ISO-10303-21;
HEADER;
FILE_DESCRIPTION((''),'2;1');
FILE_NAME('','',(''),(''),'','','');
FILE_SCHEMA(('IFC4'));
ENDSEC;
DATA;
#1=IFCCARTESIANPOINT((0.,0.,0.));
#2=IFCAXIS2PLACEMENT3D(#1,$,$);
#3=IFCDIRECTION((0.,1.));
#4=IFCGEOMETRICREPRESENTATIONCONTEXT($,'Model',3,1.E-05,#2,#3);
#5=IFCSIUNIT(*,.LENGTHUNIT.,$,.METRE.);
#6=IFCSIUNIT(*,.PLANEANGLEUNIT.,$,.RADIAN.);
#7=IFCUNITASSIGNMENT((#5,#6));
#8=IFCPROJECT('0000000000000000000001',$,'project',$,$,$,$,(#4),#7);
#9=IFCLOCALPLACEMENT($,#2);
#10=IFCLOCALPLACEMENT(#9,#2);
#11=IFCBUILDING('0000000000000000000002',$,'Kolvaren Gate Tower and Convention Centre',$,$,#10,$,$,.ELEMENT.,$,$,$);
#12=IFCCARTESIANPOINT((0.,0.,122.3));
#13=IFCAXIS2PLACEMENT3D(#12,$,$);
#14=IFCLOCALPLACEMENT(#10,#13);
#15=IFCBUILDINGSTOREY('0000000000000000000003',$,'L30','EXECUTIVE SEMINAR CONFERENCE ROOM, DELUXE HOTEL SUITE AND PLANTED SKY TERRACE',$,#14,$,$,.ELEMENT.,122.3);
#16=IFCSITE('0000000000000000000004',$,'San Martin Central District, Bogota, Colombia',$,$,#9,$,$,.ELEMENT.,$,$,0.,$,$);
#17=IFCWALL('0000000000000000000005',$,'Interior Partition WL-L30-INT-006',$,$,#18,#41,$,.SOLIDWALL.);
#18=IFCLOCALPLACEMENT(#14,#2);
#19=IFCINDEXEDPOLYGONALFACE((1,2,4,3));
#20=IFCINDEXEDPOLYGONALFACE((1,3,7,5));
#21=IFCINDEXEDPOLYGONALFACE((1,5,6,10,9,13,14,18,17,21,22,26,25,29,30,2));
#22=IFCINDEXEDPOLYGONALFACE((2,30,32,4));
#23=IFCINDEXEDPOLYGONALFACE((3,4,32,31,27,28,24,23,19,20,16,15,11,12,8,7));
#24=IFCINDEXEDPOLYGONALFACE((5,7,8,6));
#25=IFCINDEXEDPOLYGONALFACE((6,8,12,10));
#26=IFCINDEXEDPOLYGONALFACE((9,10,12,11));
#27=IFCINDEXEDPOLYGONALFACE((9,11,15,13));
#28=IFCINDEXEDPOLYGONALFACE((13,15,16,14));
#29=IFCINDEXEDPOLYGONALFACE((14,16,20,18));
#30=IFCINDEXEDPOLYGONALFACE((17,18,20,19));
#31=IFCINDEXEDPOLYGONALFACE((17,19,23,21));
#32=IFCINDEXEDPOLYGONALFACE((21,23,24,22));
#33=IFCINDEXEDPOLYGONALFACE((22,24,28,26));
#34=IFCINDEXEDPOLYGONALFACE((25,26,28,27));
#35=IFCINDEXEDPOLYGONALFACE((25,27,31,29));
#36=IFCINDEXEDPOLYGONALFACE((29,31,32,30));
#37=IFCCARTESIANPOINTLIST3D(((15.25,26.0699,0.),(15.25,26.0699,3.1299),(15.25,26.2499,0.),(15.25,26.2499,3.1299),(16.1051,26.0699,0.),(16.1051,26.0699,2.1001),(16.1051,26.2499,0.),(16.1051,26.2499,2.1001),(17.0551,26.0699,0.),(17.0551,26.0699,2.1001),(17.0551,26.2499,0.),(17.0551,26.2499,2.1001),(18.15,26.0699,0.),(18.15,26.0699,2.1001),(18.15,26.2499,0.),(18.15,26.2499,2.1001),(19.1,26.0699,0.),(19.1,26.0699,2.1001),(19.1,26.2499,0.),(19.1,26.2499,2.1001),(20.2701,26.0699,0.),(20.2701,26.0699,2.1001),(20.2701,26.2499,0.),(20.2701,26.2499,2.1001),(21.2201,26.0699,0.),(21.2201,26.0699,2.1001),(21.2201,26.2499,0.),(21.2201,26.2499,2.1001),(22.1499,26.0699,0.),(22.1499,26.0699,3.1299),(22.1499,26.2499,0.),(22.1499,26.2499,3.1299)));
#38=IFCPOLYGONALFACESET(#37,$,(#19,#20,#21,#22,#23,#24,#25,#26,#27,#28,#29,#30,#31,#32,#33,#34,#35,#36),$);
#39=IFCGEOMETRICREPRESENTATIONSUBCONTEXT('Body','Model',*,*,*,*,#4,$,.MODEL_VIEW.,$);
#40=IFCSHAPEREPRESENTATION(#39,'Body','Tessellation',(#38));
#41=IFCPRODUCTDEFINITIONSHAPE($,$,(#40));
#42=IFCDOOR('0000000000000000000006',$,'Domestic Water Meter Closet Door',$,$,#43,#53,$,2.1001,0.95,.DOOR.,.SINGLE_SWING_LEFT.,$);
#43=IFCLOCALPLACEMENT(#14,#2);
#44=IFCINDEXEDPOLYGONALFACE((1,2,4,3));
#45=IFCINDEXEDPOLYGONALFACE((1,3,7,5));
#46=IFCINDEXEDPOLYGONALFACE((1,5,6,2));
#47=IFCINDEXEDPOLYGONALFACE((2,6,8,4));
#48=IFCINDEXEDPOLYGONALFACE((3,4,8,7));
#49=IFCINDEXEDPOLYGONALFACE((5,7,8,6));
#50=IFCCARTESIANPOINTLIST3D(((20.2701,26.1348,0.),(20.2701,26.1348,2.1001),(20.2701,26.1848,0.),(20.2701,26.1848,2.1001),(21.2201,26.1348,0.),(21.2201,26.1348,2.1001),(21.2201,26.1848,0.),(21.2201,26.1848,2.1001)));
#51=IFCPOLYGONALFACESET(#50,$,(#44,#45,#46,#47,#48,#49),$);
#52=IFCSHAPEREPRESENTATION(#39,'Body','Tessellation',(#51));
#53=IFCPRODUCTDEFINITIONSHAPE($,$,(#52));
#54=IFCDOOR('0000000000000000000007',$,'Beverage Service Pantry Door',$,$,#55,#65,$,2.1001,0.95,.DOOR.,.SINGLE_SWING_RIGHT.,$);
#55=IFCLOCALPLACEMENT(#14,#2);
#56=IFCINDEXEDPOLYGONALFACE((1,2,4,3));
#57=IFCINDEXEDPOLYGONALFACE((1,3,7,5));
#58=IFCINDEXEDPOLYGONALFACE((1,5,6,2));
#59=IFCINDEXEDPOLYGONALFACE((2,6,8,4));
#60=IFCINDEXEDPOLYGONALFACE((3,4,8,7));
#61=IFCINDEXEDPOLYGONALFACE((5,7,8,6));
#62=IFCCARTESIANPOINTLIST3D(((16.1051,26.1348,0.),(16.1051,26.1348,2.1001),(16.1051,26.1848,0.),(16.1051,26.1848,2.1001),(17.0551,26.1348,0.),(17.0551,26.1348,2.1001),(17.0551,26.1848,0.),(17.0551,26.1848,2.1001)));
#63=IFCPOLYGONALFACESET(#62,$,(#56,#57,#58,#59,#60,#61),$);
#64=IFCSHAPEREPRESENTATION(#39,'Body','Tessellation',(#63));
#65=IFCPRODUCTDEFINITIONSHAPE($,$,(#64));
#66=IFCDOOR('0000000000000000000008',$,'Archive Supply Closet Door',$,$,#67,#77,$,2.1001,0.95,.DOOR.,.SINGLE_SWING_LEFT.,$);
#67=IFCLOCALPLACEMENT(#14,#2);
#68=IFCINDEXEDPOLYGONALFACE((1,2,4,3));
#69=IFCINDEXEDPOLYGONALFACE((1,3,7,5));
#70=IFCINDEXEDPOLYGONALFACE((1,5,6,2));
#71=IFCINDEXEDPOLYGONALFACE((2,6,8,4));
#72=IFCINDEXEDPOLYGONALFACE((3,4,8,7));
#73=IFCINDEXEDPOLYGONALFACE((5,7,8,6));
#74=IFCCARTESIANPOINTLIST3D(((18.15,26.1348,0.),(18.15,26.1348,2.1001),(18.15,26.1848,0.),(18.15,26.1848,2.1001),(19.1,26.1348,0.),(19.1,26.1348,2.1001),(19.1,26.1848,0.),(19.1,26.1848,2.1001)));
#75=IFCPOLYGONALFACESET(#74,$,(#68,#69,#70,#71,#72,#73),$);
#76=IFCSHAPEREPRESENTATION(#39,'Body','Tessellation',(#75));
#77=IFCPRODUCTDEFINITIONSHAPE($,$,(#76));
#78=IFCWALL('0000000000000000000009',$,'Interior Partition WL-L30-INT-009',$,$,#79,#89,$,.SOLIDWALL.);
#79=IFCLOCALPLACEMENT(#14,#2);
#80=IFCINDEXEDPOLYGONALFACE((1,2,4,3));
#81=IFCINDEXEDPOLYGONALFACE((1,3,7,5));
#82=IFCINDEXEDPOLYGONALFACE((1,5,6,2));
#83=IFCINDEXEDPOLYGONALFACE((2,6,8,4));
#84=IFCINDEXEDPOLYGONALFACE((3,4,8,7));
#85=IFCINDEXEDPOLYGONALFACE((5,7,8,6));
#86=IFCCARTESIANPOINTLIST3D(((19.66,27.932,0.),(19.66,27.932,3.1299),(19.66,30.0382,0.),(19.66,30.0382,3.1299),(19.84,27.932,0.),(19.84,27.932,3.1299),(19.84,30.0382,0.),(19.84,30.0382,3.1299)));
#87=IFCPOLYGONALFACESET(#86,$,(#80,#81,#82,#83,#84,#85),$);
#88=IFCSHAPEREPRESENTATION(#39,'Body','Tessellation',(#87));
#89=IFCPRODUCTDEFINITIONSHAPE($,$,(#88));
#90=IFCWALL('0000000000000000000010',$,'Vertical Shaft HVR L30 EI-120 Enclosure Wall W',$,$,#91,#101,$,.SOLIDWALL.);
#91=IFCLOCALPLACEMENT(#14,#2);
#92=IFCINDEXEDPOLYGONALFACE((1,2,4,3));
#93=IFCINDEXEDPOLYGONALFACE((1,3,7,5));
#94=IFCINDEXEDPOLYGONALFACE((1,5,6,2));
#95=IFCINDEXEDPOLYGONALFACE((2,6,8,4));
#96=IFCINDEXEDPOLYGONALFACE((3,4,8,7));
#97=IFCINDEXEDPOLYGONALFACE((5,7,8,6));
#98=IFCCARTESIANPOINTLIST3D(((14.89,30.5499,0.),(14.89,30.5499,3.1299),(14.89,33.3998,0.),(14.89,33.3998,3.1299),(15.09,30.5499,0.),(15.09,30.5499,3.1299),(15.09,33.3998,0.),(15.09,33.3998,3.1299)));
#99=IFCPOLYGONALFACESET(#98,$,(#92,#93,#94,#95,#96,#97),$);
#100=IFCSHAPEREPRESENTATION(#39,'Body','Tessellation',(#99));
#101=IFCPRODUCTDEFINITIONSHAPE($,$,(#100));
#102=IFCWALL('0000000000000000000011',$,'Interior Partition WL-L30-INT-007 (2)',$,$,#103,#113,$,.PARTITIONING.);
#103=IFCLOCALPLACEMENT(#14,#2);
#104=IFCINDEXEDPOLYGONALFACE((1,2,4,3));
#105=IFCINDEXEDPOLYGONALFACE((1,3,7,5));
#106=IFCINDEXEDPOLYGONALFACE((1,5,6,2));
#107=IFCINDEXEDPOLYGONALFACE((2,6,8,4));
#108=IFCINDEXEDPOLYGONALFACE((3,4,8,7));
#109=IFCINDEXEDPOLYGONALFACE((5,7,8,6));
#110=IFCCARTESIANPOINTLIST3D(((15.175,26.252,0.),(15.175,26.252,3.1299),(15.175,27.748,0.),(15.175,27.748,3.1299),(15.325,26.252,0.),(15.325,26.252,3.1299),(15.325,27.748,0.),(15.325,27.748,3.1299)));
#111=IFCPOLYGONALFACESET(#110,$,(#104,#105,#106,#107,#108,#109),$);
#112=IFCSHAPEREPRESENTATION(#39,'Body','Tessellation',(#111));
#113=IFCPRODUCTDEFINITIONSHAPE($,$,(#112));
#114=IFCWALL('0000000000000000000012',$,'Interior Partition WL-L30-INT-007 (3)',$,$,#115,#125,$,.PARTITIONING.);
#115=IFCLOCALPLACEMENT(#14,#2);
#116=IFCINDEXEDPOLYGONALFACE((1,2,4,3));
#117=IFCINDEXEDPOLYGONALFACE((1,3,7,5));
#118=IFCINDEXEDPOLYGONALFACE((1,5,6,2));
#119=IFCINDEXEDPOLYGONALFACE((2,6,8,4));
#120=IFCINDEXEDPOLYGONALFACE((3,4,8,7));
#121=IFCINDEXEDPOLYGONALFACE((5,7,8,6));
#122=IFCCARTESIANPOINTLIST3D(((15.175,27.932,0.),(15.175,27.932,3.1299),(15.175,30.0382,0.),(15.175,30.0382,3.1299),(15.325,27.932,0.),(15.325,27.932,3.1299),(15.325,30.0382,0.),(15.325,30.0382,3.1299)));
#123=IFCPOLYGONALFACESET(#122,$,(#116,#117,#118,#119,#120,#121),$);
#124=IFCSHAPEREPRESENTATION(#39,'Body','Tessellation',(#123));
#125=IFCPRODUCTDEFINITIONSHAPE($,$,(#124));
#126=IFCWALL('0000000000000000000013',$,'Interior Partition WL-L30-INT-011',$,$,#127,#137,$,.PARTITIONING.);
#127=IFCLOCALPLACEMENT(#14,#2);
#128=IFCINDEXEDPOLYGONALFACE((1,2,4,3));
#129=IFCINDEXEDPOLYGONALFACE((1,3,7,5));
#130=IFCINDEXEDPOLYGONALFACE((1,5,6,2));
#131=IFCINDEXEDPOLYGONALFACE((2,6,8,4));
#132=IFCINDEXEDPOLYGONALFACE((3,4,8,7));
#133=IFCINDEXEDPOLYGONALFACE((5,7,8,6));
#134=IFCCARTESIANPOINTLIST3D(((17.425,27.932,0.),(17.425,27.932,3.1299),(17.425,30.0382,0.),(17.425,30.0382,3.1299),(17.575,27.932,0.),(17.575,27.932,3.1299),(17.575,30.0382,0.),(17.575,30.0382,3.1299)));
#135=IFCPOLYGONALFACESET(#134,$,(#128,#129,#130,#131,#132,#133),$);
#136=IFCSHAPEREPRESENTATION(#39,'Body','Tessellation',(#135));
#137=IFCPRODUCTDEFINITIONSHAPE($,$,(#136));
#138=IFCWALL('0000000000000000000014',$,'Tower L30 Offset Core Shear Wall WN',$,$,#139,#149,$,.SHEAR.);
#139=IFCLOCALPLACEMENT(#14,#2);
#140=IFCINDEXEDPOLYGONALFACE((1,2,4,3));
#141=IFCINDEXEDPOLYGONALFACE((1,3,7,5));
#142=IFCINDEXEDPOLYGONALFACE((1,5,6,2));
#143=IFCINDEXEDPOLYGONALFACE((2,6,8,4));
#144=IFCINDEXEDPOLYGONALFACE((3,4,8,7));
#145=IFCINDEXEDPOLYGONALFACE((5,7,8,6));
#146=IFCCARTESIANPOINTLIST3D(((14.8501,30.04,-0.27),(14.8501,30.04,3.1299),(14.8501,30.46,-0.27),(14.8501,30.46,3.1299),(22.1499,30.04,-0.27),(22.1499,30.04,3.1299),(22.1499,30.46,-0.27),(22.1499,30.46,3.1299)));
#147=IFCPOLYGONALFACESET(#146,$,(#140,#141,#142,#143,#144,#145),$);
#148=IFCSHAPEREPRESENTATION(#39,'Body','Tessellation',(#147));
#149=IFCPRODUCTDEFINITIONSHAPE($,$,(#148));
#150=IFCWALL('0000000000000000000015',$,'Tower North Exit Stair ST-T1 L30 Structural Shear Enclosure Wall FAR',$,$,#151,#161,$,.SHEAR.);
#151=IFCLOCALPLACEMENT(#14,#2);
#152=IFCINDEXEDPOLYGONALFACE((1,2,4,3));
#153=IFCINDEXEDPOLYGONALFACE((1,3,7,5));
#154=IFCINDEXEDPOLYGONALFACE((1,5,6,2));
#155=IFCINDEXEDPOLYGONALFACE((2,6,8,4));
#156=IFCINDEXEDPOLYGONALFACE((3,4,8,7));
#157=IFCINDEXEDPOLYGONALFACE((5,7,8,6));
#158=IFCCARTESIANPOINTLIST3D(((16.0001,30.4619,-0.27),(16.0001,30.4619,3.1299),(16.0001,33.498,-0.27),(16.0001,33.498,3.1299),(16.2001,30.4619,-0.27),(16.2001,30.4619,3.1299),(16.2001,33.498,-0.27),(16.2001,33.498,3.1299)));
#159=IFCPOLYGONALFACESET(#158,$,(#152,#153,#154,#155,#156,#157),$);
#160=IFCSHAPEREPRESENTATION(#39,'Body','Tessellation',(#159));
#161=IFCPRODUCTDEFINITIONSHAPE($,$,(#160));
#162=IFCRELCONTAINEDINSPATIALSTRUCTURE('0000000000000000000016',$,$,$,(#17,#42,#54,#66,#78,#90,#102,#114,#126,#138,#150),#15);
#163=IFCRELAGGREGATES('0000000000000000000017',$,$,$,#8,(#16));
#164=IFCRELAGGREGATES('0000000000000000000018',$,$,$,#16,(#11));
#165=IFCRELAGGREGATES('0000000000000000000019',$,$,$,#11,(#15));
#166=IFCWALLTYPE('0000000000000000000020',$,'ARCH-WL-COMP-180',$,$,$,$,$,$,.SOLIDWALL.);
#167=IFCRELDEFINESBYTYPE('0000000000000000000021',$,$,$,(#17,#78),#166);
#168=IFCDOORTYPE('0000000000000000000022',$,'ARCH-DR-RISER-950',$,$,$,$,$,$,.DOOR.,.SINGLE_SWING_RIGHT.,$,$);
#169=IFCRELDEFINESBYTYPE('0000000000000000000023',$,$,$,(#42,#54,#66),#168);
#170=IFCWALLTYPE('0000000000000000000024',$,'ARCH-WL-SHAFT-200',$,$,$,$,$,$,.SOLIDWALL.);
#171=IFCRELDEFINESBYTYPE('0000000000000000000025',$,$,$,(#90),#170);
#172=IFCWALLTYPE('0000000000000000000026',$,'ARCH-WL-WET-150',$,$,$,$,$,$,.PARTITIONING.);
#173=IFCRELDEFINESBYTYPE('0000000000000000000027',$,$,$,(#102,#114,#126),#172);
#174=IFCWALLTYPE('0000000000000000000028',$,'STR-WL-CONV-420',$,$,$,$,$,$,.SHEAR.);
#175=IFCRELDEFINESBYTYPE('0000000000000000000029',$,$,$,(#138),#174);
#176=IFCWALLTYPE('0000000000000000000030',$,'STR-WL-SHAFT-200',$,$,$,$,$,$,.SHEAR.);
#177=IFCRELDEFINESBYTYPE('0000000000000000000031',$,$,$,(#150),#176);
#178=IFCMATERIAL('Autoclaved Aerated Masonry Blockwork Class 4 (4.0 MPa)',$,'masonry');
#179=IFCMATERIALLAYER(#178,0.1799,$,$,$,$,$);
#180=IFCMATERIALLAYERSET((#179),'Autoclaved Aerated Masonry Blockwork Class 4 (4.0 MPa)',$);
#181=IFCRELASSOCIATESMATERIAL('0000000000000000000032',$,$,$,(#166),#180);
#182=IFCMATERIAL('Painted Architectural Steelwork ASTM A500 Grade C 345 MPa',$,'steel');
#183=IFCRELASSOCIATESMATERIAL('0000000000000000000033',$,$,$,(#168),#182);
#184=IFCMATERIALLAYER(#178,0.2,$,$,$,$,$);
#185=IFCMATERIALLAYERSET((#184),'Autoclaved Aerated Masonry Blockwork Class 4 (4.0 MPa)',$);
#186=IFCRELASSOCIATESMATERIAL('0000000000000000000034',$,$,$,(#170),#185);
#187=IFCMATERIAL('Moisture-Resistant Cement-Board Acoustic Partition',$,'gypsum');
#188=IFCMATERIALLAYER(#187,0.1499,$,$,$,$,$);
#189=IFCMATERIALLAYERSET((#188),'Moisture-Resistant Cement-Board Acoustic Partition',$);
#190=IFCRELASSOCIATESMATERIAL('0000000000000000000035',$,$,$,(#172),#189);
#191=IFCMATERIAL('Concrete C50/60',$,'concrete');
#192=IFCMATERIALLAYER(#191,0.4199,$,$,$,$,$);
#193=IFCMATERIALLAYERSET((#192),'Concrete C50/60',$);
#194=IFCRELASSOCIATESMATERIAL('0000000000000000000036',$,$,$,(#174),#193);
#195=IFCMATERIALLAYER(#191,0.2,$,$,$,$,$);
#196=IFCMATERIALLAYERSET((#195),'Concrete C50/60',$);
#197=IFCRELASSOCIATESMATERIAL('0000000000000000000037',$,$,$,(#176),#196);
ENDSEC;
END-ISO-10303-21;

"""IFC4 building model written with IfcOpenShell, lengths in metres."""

from ifc_helpers import new_model, si_unit, direction, frame, frame_2d, origin, place, context, subcontext, project, spatial, rectangle, extrude, material, layer, layer_set, type_object, element, fill, save


model = new_model("IFC4")

# Units and contexts
model_context = context("Model", 3, precision=1e-05, world=origin(), true_north=direction((0.0, 1.0)))
body_context = subcontext(model_context, "Body", "Model", "MODEL_VIEW")
ifc_project = project(units=[si_unit("LENGTHUNIT", "METRE"), si_unit("PLANEANGLEUNIT", "RADIAN")], contexts=[model_context])

# Site, building, storey
site_placement = place(None, origin())
site = spatial("IfcSite", under=ifc_project, at=site_placement, Name="San Martin Central District, Bogota, Colombia", CompositionType="ELEMENT", RefElevation=0.0)
building_placement = place(site_placement, origin())
building = spatial("IfcBuilding", under=site, at=building_placement, Name="Kolvaren Gate Tower and Convention Centre", CompositionType="ELEMENT")
storey_placement = place(building_placement, frame((0.0, 0.0, 122.3)))
storey = spatial("IfcBuildingStorey", under=building, at=storey_placement, Name="L30", Description="EXECUTIVE SEMINAR CONFERENCE ROOM, DELUXE HOTEL SUITE AND PLANTED SKY TERRACE", CompositionType="ELEMENT", Elevation=122.3)

# Wall, openings, doors
ifc_material_1 = material(Name="Autoclaved Aerated Masonry Blockwork Class 4 (4.0 MPa)", Category="masonry")
ifc_layer_1 = layer(ifc_material_1, 0.1799)
ifc_layer_set_1 = layer_set([ifc_layer_1], Name="Autoclaved Aerated Masonry Blockwork Class 4 (4.0 MPa)")
wall_type_1 = type_object("IfcWallType", Name="ARCH-WL-COMP-180", PredefinedType="SOLIDWALL", material=ifc_layer_set_1)
ifc_material_2 = material(Name="Painted Architectural Steelwork ASTM A500 Grade C 345 MPa", Category="steel")
door_type = type_object("IfcDoorType", Name="ARCH-DR-RISER-950", OperationType="SINGLE_SWING_RIGHT", PredefinedType="DOOR", material=ifc_material_2)
wall_1_placement = place(storey_placement, frame((15.25, 26.1599, 0.0), z_axis=(0.0, 0.0, 1.0), x_axis=(1.0, 0.0, 0.0)))
wall_1 = element("IfcWall", 1, at=wall_1_placement, inside=storey, type_object=wall_type_1, Name="Interior Partition WL-L30-INT-006", PredefinedType="SOLIDWALL", context=body_context, shape_type="SweptSolid", body=[
    extrude(rectangle(XDim=6.8999, YDim=0.1799, at=frame_2d((3.45, 0.0))), origin(), (0.0, 0.0, 1.0), 3.1299),
])
opening_1_placement = place(wall_1_placement, frame((5.02, 0.0, 0.0)))
opening_1 = element("IfcOpeningElement", 2, at=opening_1_placement, cuts=wall_1, PredefinedType="OPENING", context=body_context, shape_type="SweptSolid", body=[
    extrude(rectangle(XDim=0.95, YDim=2.1001, at=frame_2d((0.4751, 1.05))), frame((0.0, 0.0999, 0.0), z_axis=(0.0, -1.0, 0.0), x_axis=(1.0, 0.0, 0.0)), (0.0, 0.0, 1.0), 0.2),
])
opening_2_placement = place(wall_1_placement, frame((0.855, 0.0, 0.0)))
opening_2 = element("IfcOpeningElement", 3, at=opening_2_placement, cuts=wall_1, PredefinedType="OPENING", context=body_context, shape_type="SweptSolid", body=[
    extrude(rectangle(XDim=0.95, YDim=2.1001, at=frame_2d((0.4751, 1.05))), frame((0.0, 0.0999, 0.0), z_axis=(0.0, -1.0, 0.0), x_axis=(1.0, 0.0, 0.0)), (0.0, 0.0, 1.0), 0.2),
])
opening_3_placement = place(wall_1_placement, frame((2.8999, 0.0, 0.0)))
opening_3 = element("IfcOpeningElement", 4, at=opening_3_placement, cuts=wall_1, PredefinedType="OPENING", context=body_context, shape_type="SweptSolid", body=[
    extrude(rectangle(XDim=0.95, YDim=2.1001, at=frame_2d((0.4751, 1.05))), frame((0.0, 0.0999, 0.0), z_axis=(0.0, -1.0, 0.0), x_axis=(1.0, 0.0, 0.0)), (0.0, 0.0, 1.0), 0.2),
])
door_1_placement = place(opening_1_placement, origin())
door_1 = element("IfcDoor", 5, at=door_1_placement, inside=storey, type_object=door_type, Name="Domestic Water Meter Closet Door", OperationType="SINGLE_SWING_LEFT", OverallHeight=2.1001, OverallWidth=0.95, PredefinedType="DOOR", context=body_context, shape_type="SweptSolid", body=[
    extrude(rectangle(XDim=0.95, YDim=2.1001, at=frame_2d((0.4751, 1.05))), frame((0.0, 0.0249, 0.0), z_axis=(0.0, -1.0, 0.0), x_axis=(1.0, 0.0, 0.0)), (0.0, 0.0, 1.0), 0.05),
])
fill(opening_1, door_1)
door_2_placement = place(opening_2_placement, origin())
door_2 = element("IfcDoor", 6, at=door_2_placement, inside=storey, type_object=door_type, Name="Beverage Service Pantry Door", OperationType="SINGLE_SWING_RIGHT", OverallHeight=2.1001, OverallWidth=0.95, PredefinedType="DOOR", context=body_context, shape_type="SweptSolid", body=[
    extrude(rectangle(XDim=0.95, YDim=2.1001, at=frame_2d((0.4751, 1.05))), frame((0.0, 0.0249, 0.0), z_axis=(0.0, -1.0, 0.0), x_axis=(1.0, 0.0, 0.0)), (0.0, 0.0, 1.0), 0.05),
])
fill(opening_2, door_2)
door_3_placement = place(opening_3_placement, origin())
door_3 = element("IfcDoor", 7, at=door_3_placement, inside=storey, type_object=door_type, Name="Archive Supply Closet Door", OperationType="SINGLE_SWING_LEFT", OverallHeight=2.1001, OverallWidth=0.95, PredefinedType="DOOR", context=body_context, shape_type="SweptSolid", body=[
    extrude(rectangle(XDim=0.95, YDim=2.1001, at=frame_2d((0.4751, 1.05))), frame((0.0, 0.0249, 0.0), z_axis=(0.0, -1.0, 0.0), x_axis=(1.0, 0.0, 0.0)), (0.0, 0.0, 1.0), 0.05),
])
fill(opening_3, door_3)

# Walls
wall_2_placement = place(storey_placement, frame((19.75, 27.9319, 0.0), z_axis=(0.0, 0.0, 1.0), x_axis=(0.0, 1.0, 0.0)))
element("IfcWall", 8, at=wall_2_placement, inside=storey, type_object=wall_type_1, Name="Interior Partition WL-L30-INT-009", PredefinedType="SOLIDWALL", context=body_context, shape_type="SweptSolid", body=[
    extrude(rectangle(XDim=2.1062, YDim=0.1799, at=frame_2d((1.0532, 0.0))), origin(), (0.0, 0.0, 1.0), 3.1299),
])
ifc_layer_2 = layer(ifc_material_1, 0.2)
ifc_layer_set_2 = layer_set([ifc_layer_2], Name="Autoclaved Aerated Masonry Blockwork Class 4 (4.0 MPa)")
wall_type_2 = type_object("IfcWallType", Name="ARCH-WL-SHAFT-200", PredefinedType="SOLIDWALL", material=ifc_layer_set_2)
wall_3_placement = place(storey_placement, frame((14.99, 30.55, 0.0), z_axis=(0.0, 0.0, 1.0), x_axis=(0.0, 1.0, 0.0)))
element("IfcWall", 9, at=wall_3_placement, inside=storey, type_object=wall_type_2, Name="Vertical Shaft HVR L30 EI-120 Enclosure Wall W", PredefinedType="SOLIDWALL", context=body_context, shape_type="SweptSolid", body=[
    extrude(rectangle(XDim=2.8499, YDim=0.2, at=frame_2d((1.4248, 0.0))), origin(), (0.0, 0.0, 1.0), 3.1299),
])
ifc_material_3 = material(Name="Moisture-Resistant Cement-Board Acoustic Partition", Category="gypsum")
ifc_layer_3 = layer(ifc_material_3, 0.1499)
ifc_layer_set_3 = layer_set([ifc_layer_3], Name="Moisture-Resistant Cement-Board Acoustic Partition")
wall_type_3 = type_object("IfcWallType", Name="ARCH-WL-WET-150", PredefinedType="PARTITIONING", material=ifc_layer_set_3)
wall_4_placement = place(storey_placement, frame((15.25, 26.252, 0.0), z_axis=(0.0, 0.0, 1.0), x_axis=(0.0, 1.0, 0.0)))
element("IfcWall", 10, at=wall_4_placement, inside=storey, type_object=wall_type_3, Name="Interior Partition WL-L30-INT-007 (2)", PredefinedType="PARTITIONING", context=body_context, shape_type="SweptSolid", body=[
    extrude(rectangle(XDim=1.4961, YDim=0.1499, at=frame_2d((0.748, 0.0))), origin(), (0.0, 0.0, 1.0), 3.1299),
])
for number, where, z_axis, x_axis, name in (
    (11, (15.25, 27.9319, 0.0), (0.0, 0.0, 1.0), (0.0, 1.0, 0.0), "Interior Partition WL-L30-INT-007 (3)"),
    (12, (17.5, 27.9319, 0.0), (0.0, 0.0, 1.0), (0.0, 1.0, 0.0), "Interior Partition WL-L30-INT-011"),
):
    element("IfcWall", number, at=place(storey_placement, frame(where, z_axis=z_axis, x_axis=x_axis)), inside=storey, type_object=wall_type_3, Name=name, PredefinedType="PARTITIONING", context=body_context, shape_type="SweptSolid", body=[
        extrude(rectangle(XDim=2.1062, YDim=0.1499, at=frame_2d((1.0532, 0.0))), origin(), (0.0, 0.0, 1.0), 3.1299),
    ])
ifc_material_4 = material(Name="Concrete C50/60", Category="concrete")
ifc_layer_4 = layer(ifc_material_4, 0.4199)
ifc_layer_set_4 = layer_set([ifc_layer_4], Name="Concrete C50/60")
wall_type_4 = type_object("IfcWallType", Name="STR-WL-CONV-420", PredefinedType="SHEAR", material=ifc_layer_set_4)
wall_5_placement = place(storey_placement, frame((14.8501, 30.25, -0.27), z_axis=(0.0, 0.0, 1.0), x_axis=(1.0, 0.0, 0.0)))
element("IfcWall", 13, at=wall_5_placement, inside=storey, type_object=wall_type_4, Name="Tower L30 Offset Core Shear Wall WN", PredefinedType="SHEAR", context=body_context, shape_type="SweptSolid", body=[
    extrude(rectangle(XDim=7.2998, YDim=0.4199, at=frame_2d((3.6499, 0.0))), origin(), (0.0, 0.0, 1.0), 3.3999),
])
ifc_layer_5 = layer(ifc_material_4, 0.2)
ifc_layer_set_5 = layer_set([ifc_layer_5], Name="Concrete C50/60")
wall_type_5 = type_object("IfcWallType", Name="STR-WL-SHAFT-200", PredefinedType="SHEAR", material=ifc_layer_set_5)
wall_6_placement = place(storey_placement, frame((16.1001, 30.4619, -0.27), z_axis=(0.0, 0.0, 1.0), x_axis=(0.0, 1.0, 0.0)))
element("IfcWall", 14, at=wall_6_placement, inside=storey, type_object=wall_type_5, Name="Tower North Exit Stair ST-T1 L30 Structural Shear Enclosure Wall FAR", PredefinedType="SHEAR", context=body_context, shape_type="SweptSolid", body=[
    extrude(rectangle(XDim=3.0361, YDim=0.2, at=frame_2d((1.5181, 0.0))), origin(), (0.0, 0.0, 1.0), 3.3999),
])

save(model, "model.ifc")
